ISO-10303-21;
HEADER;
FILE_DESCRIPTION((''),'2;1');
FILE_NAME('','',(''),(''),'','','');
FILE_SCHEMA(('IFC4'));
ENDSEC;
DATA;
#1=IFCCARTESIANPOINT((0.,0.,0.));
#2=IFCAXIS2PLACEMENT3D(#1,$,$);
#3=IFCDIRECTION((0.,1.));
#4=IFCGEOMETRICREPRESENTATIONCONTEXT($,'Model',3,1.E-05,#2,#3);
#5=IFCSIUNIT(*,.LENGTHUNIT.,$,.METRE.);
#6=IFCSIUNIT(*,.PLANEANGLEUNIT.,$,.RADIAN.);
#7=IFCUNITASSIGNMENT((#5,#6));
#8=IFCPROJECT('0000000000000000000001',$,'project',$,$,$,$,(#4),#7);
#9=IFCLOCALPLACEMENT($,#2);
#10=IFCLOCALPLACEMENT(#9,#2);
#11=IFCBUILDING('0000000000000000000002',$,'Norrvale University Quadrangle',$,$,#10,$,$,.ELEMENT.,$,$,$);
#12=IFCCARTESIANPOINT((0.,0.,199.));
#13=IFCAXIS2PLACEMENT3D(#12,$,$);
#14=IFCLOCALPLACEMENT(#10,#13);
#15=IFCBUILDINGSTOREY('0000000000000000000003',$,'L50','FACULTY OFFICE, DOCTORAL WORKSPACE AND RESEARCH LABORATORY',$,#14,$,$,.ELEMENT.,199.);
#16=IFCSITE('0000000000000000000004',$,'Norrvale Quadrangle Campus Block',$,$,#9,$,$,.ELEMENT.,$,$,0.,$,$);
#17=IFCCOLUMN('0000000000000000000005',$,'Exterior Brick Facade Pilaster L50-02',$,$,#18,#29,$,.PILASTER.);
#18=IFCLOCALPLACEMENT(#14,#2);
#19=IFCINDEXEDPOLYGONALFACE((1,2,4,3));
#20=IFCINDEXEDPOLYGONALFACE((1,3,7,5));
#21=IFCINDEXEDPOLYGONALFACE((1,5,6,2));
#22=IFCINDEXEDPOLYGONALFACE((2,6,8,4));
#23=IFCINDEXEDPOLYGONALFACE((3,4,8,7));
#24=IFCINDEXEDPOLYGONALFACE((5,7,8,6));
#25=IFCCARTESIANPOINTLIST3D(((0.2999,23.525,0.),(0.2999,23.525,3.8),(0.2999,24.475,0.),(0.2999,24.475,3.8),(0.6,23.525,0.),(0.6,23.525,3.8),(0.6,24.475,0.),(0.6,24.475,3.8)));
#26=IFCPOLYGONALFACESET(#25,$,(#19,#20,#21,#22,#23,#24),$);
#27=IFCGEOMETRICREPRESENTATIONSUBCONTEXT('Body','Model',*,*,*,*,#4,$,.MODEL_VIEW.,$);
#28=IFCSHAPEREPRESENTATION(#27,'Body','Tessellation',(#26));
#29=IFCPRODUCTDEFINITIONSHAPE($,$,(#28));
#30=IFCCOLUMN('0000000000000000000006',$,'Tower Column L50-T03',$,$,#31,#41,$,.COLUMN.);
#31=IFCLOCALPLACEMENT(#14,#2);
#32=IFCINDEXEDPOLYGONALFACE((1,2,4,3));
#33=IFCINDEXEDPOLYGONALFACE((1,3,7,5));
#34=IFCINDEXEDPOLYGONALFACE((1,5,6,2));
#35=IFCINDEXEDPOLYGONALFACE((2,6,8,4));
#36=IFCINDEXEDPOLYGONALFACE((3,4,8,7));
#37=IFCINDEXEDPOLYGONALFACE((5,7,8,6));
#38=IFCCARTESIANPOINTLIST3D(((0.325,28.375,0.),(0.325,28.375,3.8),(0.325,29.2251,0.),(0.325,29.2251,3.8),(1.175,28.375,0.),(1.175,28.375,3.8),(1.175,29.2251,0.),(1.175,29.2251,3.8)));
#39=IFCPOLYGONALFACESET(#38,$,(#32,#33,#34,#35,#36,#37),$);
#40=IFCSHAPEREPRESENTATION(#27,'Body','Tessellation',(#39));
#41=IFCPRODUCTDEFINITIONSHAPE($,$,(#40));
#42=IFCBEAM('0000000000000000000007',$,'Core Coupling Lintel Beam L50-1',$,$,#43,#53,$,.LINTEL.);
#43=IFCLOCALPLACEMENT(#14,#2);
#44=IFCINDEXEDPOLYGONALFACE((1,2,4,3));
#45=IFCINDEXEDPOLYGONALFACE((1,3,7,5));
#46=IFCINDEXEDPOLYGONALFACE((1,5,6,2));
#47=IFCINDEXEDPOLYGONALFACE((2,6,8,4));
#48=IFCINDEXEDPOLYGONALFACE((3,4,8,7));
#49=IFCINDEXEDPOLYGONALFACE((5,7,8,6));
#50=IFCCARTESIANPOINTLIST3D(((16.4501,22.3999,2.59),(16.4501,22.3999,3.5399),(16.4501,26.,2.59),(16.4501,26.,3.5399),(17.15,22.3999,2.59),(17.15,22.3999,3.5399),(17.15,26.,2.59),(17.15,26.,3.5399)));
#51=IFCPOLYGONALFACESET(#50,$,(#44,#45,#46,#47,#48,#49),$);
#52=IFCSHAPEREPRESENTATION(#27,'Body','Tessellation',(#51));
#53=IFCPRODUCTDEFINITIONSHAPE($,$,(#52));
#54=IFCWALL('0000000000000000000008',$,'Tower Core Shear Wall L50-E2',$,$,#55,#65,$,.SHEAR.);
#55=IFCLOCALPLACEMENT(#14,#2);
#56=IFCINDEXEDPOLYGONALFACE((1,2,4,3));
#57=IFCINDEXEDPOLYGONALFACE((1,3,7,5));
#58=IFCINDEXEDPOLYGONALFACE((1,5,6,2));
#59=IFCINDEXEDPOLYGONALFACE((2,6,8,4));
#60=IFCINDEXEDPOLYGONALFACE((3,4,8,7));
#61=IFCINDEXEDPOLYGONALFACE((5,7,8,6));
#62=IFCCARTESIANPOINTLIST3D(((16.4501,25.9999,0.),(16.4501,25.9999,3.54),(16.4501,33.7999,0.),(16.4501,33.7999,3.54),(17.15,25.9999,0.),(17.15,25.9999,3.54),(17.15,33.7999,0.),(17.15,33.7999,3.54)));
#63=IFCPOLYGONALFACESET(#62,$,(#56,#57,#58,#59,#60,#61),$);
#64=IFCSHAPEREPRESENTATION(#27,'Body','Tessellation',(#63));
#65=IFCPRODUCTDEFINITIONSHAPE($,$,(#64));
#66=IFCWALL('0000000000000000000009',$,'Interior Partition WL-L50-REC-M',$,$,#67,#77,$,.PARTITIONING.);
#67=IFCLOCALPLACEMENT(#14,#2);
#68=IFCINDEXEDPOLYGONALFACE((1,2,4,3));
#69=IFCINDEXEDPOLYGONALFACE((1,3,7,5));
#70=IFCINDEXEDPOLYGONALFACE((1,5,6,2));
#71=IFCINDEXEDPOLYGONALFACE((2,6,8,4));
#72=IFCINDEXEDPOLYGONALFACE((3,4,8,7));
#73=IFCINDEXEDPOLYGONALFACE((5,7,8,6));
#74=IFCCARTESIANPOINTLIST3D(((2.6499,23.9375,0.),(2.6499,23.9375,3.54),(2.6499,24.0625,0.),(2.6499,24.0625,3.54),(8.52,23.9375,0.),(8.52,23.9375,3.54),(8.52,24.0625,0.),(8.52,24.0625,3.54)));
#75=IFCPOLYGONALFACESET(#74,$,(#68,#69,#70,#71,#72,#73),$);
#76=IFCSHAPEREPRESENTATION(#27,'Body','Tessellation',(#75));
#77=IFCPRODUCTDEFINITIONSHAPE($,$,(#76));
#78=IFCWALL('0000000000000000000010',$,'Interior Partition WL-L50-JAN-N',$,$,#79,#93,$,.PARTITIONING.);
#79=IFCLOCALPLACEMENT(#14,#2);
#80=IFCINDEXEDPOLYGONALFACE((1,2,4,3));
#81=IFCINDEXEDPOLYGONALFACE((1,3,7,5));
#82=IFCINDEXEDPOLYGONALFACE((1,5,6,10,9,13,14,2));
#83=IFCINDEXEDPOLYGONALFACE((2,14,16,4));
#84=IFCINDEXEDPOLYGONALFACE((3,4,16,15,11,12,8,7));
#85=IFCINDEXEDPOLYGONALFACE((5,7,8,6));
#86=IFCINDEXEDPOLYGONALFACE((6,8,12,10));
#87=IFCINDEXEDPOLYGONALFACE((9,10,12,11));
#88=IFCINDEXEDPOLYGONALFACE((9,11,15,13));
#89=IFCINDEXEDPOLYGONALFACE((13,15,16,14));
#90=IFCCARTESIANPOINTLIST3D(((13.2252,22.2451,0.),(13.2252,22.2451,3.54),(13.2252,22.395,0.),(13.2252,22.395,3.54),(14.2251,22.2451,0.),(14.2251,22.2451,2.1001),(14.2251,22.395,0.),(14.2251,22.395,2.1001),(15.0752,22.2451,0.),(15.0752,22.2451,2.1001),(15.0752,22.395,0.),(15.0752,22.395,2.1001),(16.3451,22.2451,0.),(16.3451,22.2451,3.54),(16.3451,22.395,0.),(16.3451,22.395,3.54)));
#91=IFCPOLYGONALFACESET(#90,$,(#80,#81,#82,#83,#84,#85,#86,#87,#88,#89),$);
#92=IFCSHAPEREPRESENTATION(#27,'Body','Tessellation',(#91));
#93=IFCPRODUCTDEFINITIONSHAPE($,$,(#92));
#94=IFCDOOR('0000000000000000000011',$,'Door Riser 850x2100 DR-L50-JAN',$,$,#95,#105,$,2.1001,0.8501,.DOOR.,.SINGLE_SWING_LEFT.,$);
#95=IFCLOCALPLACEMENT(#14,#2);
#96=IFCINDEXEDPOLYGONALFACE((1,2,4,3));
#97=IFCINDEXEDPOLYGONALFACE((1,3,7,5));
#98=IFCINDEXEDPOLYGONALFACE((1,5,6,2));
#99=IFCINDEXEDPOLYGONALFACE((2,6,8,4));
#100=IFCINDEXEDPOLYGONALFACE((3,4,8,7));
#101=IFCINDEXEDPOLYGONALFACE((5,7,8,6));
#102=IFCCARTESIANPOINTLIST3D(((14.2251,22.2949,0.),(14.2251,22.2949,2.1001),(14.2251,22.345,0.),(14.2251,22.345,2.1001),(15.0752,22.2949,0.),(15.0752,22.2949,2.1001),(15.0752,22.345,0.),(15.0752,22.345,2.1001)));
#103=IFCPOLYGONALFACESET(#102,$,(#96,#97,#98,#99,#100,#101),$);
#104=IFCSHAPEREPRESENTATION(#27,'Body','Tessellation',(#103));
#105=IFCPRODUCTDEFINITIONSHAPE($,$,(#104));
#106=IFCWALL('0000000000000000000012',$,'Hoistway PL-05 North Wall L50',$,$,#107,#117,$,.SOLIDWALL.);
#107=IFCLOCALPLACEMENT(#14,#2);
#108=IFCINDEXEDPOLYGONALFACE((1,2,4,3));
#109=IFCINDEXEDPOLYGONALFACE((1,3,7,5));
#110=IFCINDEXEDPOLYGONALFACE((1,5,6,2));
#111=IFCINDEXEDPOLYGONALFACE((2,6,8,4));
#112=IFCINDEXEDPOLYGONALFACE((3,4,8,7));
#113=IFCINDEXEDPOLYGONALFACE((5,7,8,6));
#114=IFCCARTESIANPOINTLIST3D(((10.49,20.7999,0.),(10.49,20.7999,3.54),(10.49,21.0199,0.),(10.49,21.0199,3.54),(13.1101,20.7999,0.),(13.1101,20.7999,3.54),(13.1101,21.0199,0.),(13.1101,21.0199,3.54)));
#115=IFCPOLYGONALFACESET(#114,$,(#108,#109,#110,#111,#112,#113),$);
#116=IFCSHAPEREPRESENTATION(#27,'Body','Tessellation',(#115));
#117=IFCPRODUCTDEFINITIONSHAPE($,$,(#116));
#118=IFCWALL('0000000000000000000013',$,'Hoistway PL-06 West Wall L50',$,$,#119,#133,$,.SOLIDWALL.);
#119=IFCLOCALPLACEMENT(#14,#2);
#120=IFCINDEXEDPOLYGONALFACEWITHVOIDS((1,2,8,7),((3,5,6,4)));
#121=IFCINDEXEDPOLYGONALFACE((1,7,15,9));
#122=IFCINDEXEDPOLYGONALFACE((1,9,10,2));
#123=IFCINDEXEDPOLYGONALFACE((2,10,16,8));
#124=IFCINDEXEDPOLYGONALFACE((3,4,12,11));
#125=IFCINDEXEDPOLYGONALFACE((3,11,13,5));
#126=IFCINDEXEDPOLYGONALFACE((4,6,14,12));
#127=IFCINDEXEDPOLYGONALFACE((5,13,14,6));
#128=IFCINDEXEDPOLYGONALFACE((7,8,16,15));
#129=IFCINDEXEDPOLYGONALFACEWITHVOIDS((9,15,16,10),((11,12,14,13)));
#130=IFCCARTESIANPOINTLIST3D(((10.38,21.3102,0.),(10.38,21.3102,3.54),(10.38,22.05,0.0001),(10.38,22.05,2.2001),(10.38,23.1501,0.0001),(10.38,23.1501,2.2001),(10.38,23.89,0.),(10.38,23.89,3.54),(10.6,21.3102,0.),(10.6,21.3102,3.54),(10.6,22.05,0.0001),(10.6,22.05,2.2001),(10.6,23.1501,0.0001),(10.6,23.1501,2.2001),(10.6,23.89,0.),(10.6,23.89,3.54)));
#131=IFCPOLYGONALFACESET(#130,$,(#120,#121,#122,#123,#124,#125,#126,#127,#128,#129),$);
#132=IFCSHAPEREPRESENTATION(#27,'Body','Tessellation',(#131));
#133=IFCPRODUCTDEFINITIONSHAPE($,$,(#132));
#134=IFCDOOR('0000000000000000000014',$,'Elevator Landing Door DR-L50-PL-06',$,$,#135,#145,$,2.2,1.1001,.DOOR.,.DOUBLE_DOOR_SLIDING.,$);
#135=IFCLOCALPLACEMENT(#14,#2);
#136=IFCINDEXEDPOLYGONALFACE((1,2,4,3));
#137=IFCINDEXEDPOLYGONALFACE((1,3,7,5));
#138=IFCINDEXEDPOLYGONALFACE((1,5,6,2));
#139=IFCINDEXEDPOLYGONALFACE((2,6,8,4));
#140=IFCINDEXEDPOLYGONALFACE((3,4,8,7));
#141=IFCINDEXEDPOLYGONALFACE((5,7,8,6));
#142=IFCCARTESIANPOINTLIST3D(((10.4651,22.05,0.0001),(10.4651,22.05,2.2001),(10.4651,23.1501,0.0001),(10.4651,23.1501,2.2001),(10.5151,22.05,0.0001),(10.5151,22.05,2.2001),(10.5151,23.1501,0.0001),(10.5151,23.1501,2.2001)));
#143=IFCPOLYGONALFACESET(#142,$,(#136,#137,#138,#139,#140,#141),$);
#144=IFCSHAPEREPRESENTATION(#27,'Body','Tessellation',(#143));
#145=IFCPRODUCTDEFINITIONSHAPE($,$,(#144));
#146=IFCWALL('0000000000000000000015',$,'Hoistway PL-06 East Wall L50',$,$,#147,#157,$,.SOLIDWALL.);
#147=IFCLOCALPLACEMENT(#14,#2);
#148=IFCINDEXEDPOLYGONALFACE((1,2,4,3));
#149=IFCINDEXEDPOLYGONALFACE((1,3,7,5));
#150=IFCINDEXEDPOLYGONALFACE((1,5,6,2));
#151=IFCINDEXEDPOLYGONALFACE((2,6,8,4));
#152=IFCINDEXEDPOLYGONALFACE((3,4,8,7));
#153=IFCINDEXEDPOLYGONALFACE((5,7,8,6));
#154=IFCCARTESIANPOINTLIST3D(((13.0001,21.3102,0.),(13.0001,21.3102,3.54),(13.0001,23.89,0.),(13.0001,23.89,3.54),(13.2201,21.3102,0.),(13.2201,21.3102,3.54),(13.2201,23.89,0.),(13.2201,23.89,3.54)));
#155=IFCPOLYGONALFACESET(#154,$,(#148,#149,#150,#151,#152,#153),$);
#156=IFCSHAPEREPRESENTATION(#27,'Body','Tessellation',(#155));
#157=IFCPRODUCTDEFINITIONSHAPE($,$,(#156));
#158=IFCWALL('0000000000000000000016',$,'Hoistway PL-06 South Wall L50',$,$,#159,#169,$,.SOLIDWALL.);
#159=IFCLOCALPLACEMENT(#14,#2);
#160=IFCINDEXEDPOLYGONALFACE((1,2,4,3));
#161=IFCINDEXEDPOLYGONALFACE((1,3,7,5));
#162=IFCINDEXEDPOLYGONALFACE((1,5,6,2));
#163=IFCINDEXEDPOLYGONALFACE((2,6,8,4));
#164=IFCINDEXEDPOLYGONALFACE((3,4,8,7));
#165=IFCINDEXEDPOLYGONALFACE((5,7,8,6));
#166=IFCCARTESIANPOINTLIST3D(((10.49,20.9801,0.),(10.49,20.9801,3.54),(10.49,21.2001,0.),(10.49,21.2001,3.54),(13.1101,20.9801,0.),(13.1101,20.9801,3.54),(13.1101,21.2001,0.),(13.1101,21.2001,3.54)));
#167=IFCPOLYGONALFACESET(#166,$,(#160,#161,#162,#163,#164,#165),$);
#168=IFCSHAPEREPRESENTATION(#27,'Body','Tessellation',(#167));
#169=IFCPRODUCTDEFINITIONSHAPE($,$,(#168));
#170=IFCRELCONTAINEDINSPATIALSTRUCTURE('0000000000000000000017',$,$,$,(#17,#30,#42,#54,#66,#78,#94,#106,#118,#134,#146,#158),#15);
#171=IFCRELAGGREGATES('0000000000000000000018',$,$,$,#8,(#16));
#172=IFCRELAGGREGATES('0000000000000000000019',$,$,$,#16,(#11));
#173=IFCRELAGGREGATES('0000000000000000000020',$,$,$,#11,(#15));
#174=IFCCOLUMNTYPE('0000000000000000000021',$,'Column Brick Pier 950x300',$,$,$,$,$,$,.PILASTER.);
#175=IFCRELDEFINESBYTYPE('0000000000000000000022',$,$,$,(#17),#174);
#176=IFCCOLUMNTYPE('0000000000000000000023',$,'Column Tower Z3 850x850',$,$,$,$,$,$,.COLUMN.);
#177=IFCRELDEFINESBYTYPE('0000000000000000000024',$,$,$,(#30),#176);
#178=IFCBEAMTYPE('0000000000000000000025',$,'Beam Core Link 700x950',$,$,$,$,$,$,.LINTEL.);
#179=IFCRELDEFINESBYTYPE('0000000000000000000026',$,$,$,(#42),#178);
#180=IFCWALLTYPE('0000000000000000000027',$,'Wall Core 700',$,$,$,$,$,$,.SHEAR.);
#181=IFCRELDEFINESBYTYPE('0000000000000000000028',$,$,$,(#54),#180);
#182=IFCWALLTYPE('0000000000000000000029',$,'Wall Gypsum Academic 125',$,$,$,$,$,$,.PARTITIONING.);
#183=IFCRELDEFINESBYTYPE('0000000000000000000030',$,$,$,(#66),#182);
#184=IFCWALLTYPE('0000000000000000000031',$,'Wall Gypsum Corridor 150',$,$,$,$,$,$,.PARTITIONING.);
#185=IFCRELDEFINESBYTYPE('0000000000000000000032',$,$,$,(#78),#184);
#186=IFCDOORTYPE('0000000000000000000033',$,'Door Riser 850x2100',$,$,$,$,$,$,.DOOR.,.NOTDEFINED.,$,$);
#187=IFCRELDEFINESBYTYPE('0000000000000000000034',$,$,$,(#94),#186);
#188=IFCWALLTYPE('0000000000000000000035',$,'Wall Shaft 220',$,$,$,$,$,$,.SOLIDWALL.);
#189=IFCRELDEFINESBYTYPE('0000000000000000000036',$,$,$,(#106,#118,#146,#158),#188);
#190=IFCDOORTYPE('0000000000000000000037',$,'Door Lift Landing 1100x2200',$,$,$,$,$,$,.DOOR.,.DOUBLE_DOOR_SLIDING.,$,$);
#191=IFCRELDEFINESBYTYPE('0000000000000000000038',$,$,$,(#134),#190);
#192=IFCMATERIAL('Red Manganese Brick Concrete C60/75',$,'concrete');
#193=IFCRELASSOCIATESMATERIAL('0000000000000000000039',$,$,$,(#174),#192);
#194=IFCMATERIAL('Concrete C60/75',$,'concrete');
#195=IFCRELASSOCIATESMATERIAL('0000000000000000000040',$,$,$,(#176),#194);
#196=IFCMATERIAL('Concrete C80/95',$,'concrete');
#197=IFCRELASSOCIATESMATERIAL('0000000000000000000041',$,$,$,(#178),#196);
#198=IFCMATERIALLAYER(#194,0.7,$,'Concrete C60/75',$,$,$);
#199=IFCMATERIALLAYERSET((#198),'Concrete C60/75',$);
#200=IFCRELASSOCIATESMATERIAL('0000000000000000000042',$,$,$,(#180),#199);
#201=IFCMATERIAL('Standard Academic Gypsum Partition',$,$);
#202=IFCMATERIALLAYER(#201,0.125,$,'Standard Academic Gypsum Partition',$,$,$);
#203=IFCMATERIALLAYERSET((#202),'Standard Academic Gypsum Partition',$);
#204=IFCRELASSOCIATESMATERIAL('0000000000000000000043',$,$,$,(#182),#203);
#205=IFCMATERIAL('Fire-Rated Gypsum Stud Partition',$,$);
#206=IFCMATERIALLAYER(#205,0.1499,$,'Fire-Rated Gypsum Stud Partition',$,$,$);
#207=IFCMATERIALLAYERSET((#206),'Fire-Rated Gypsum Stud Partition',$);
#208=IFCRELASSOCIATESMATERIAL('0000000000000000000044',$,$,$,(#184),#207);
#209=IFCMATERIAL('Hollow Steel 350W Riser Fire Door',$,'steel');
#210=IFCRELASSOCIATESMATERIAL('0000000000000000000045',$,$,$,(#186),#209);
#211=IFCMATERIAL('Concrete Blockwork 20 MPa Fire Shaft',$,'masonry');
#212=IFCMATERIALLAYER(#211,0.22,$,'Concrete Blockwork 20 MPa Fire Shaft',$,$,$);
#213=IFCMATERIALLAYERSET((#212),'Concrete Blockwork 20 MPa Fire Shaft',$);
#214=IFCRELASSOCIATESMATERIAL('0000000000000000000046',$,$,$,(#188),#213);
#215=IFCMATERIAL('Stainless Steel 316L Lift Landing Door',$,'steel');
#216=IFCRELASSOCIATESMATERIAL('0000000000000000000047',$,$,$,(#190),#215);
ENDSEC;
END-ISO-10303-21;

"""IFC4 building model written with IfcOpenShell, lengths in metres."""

from ifc_helpers import new_model, si_unit, direction, frame, frame_2d, origin, origin_2d, place, context, subcontext, project, spatial, rectangle, extrude, material, layer, layer_set, material_profile, profile_set, type_object, element, fill, save


model = new_model("IFC4")

# Units and contexts
model_context = context("Model", 3, precision=1e-05, world=origin(), true_north=direction((0.0, 1.0)))
body_context = subcontext(model_context, "Body", "Model", "MODEL_VIEW")
ifc_project = project(units=[si_unit("LENGTHUNIT", "METRE"), si_unit("PLANEANGLEUNIT", "RADIAN")], contexts=[model_context])

# Site, building, storey
site_placement = place(None, origin())
site = spatial("IfcSite", under=ifc_project, at=site_placement, Name="Norrvale Quadrangle Campus Block", CompositionType="ELEMENT", RefElevation=0.0)
building_placement = place(site_placement, origin())
building = spatial("IfcBuilding", under=site, at=building_placement, Name="Norrvale University Quadrangle", CompositionType="ELEMENT")
storey_placement = place(building_placement, frame((0.0, 0.0, 199.0)))
storey = spatial("IfcBuildingStorey", under=building, at=storey_placement, Name="L50", Description="FACULTY OFFICE, DOCTORAL WORKSPACE AND RESEARCH LABORATORY", CompositionType="ELEMENT", Elevation=199.0)

# Columns
ifc_material_1 = material(Name="Red Manganese Brick Concrete C60/75", Category="concrete")
ifc_material_profile_1 = material_profile(ifc_material_1, rectangle(XDim=0.95, YDim=0.3, at=origin_2d()), Name="Red Manganese Brick Concrete C60/75")
ifc_profile_set_1 = profile_set([ifc_material_profile_1], Name="Red Manganese Brick Concrete C60/75")
column_type_1 = type_object("IfcColumnType", Name="Column Brick Pier 950x300", PredefinedType="PILASTER", material=ifc_profile_set_1)
column_1_placement = place(storey_placement, frame((0.45, 24.0, 0.0), z_axis=(0.0, 0.0, 1.0), x_axis=(0.0, 1.0, 0.0)))
element("IfcColumn", 1, at=column_1_placement, inside=storey, type_object=column_type_1, Name="Exterior Brick Facade Pilaster L50-02", PredefinedType="PILASTER", context=body_context, shape_type="SweptSolid", body=[
    extrude(rectangle(XDim=0.95, YDim=0.3, at=origin_2d()), origin(), (0.0, 0.0, 1.0), 3.8),
])
ifc_material_2 = material(Name="Concrete C60/75", Category="concrete")
ifc_material_profile_2 = material_profile(ifc_material_2, rectangle(XDim=0.8501, YDim=0.8501, at=origin_2d()), Name="Concrete C60/75")
ifc_profile_set_2 = profile_set([ifc_material_profile_2], Name="Concrete C60/75")
column_type_2 = type_object("IfcColumnType", Name="Column Tower Z3 850x850", PredefinedType="COLUMN", material=ifc_profile_set_2)
column_2_placement = place(storey_placement, frame((0.75, 28.8, 0.0), z_axis=(0.0, 0.0, 1.0), x_axis=(1.0, 0.0, 0.0)))
element("IfcColumn", 2, at=column_2_placement, inside=storey, type_object=column_type_2, Name="Tower Column L50-T03", PredefinedType="COLUMN", context=body_context, shape_type="SweptSolid", body=[
    extrude(rectangle(XDim=0.8501, YDim=0.8501, at=origin_2d()), origin(), (0.0, 0.0, 1.0), 3.8),
])

# Beam
ifc_material_3 = material(Name="Concrete C80/95", Category="concrete")
ifc_material_profile_3 = material_profile(ifc_material_3, rectangle(XDim=0.7, YDim=0.95, at=origin_2d()), Name="Concrete C80/95")
ifc_profile_set_3 = profile_set([ifc_material_profile_3], Name="Concrete C80/95")
beam_type = type_object("IfcBeamType", Name="Beam Core Link 700x950", PredefinedType="LINTEL", material=ifc_profile_set_3)
beam_placement = place(storey_placement, frame((16.8, 22.3999, 3.0649), z_axis=(0.0, 1.0, 0.0), x_axis=(-1.0, 0.0, 0.0)))
element("IfcBeam", 3, at=beam_placement, inside=storey, type_object=beam_type, Name="Core Coupling Lintel Beam L50-1", PredefinedType="LINTEL", context=body_context, shape_type="SweptSolid", body=[
    extrude(rectangle(XDim=0.7, YDim=0.95, at=origin_2d()), origin(), (0.0, 0.0, 1.0), 3.6001),
])

# Walls
ifc_layer_1 = layer(ifc_material_2, 0.7, Name="Concrete C60/75")
ifc_layer_set_1 = layer_set([ifc_layer_1], Name="Concrete C60/75")
wall_type_1 = type_object("IfcWallType", Name="Wall Core 700", PredefinedType="SHEAR", material=ifc_layer_set_1)
wall_1_placement = place(storey_placement, frame((16.8, 26.0, 0.0), z_axis=(0.0, 0.0, 1.0), x_axis=(0.0, 1.0, 0.0)))
element("IfcWall", 4, at=wall_1_placement, inside=storey, type_object=wall_type_1, Name="Tower Core Shear Wall L50-E2", PredefinedType="SHEAR", context=body_context, shape_type="SweptSolid", body=[
    extrude(rectangle(XDim=7.8, YDim=0.7, at=frame_2d((3.8999, 0.0))), origin(), (0.0, 0.0, 1.0), 3.54),
])
ifc_material_4 = material(Name="Standard Academic Gypsum Partition")
ifc_layer_2 = layer(ifc_material_4, 0.125, Name="Standard Academic Gypsum Partition")
ifc_layer_set_2 = layer_set([ifc_layer_2], Name="Standard Academic Gypsum Partition")
wall_type_2 = type_object("IfcWallType", Name="Wall Gypsum Academic 125", PredefinedType="PARTITIONING", material=ifc_layer_set_2)
wall_2_placement = place(storey_placement, frame((2.6499, 24.0, 0.0), z_axis=(0.0, 0.0, 1.0), x_axis=(1.0, 0.0, 0.0)))
element("IfcWall", 5, at=wall_2_placement, inside=storey, type_object=wall_type_2, Name="Interior Partition WL-L50-REC-M", PredefinedType="PARTITIONING", context=body_context, shape_type="SweptSolid", body=[
    extrude(rectangle(XDim=5.8701, YDim=0.125, at=frame_2d((2.9351, 0.0))), origin(), (0.0, 0.0, 1.0), 3.54),
])

# Wall, opening, door
ifc_material_5 = material(Name="Fire-Rated Gypsum Stud Partition")
ifc_layer_3 = layer(ifc_material_5, 0.1499, Name="Fire-Rated Gypsum Stud Partition")
ifc_layer_set_3 = layer_set([ifc_layer_3], Name="Fire-Rated Gypsum Stud Partition")
wall_type_3 = type_object("IfcWallType", Name="Wall Gypsum Corridor 150", PredefinedType="PARTITIONING", material=ifc_layer_set_3)
wall_3_placement = place(storey_placement, frame((13.2251, 22.3201, 0.0), z_axis=(0.0, 0.0, 1.0), x_axis=(1.0, 0.0, 0.0)))
wall_3 = element("IfcWall", 6, at=wall_3_placement, inside=storey, type_object=wall_type_3, Name="Interior Partition WL-L50-JAN-N", PredefinedType="PARTITIONING", context=body_context, shape_type="SweptSolid", body=[
    extrude(rectangle(XDim=3.1199, YDim=0.1499, at=frame_2d((1.5601, 0.0))), origin(), (0.0, 0.0, 1.0), 3.54),
])
opening_1_placement = place(wall_3_placement, frame((1.0, 0.0, 0.0)))
opening_1 = element("IfcOpeningElement", 7, at=opening_1_placement, cuts=wall_3, PredefinedType="OPENING", context=body_context, shape_type="SweptSolid", body=[
    extrude(rectangle(XDim=0.8501, YDim=2.1001, at=frame_2d((0.425, 1.05))), frame((0.0, 0.0869, 0.0), z_axis=(0.0, -1.0, 0.0), x_axis=(1.0, 0.0, 0.0)), (0.0, 0.0, 1.0), 0.1738),
])
ifc_material_6 = material(Name="Hollow Steel 350W Riser Fire Door", Category="steel")
door_type_1 = type_object("IfcDoorType", Name="Door Riser 850x2100", OperationType="NOTDEFINED", PredefinedType="DOOR", material=ifc_material_6)
door_1_placement = place(opening_1_placement, origin())
door_1 = element("IfcDoor", 8, at=door_1_placement, inside=storey, type_object=door_type_1, Name="Door Riser 850x2100 DR-L50-JAN", OperationType="SINGLE_SWING_LEFT", OverallHeight=2.1001, OverallWidth=0.8501, PredefinedType="DOOR", context=body_context, shape_type="SweptSolid", body=[
    extrude(rectangle(XDim=0.8501, YDim=2.1001, at=frame_2d((0.425, 1.05))), frame((0.0, 0.0249, 0.0), z_axis=(0.0, -1.0, 0.0), x_axis=(1.0, 0.0, 0.0)), (0.0, 0.0, 1.0), 0.05),
])
fill(opening_1, door_1)

# Wall
ifc_material_7 = material(Name="Concrete Blockwork 20 MPa Fire Shaft", Category="masonry")
ifc_layer_4 = layer(ifc_material_7, 0.22, Name="Concrete Blockwork 20 MPa Fire Shaft")
ifc_layer_set_4 = layer_set([ifc_layer_4], Name="Concrete Blockwork 20 MPa Fire Shaft")
wall_type_4 = type_object("IfcWallType", Name="Wall Shaft 220", PredefinedType="SOLIDWALL", material=ifc_layer_set_4)
wall_4_placement = place(storey_placement, frame((10.49, 20.9099, 0.0), z_axis=(0.0, 0.0, 1.0), x_axis=(1.0, 0.0, 0.0)))
element("IfcWall", 9, at=wall_4_placement, inside=storey, type_object=wall_type_4, Name="Hoistway PL-05 North Wall L50", PredefinedType="SOLIDWALL", context=body_context, shape_type="SweptSolid", body=[
    extrude(rectangle(XDim=2.6201, YDim=0.22, at=frame_2d((1.3101, 0.0))), origin(), (0.0, 0.0, 1.0), 3.54),
])

# Wall, opening, door
wall_5_placement = place(storey_placement, frame((10.49, 21.3101, 0.0), z_axis=(0.0, 0.0, 1.0), x_axis=(0.0, 1.0, 0.0)))
wall_5 = element("IfcWall", 10, at=wall_5_placement, inside=storey, type_object=wall_type_4, Name="Hoistway PL-06 West Wall L50", PredefinedType="SOLIDWALL", context=body_context, shape_type="SweptSolid", body=[
    extrude(rectangle(XDim=2.5798, YDim=0.22, at=frame_2d((1.29, 0.0))), origin(), (0.0, 0.0, 1.0), 3.54),
])
opening_2_placement = place(wall_5_placement, frame((0.74, 0.0, 0.0)))
opening_2 = element("IfcOpeningElement", 11, at=opening_2_placement, cuts=wall_5, PredefinedType="OPENING", context=body_context, shape_type="SweptSolid", body=[
    extrude(rectangle(XDim=1.1001, YDim=2.2, at=frame_2d((0.55, 1.1001))), frame((0.0, 0.1221, 0.0), z_axis=(0.0, -1.0, 0.0), x_axis=(1.0, 0.0, 0.0)), (0.0, 0.0, 1.0), 0.2439),
])
ifc_material_8 = material(Name="Stainless Steel 316L Lift Landing Door", Category="steel")
door_type_2 = type_object("IfcDoorType", Name="Door Lift Landing 1100x2200", OperationType="DOUBLE_DOOR_SLIDING", PredefinedType="DOOR", material=ifc_material_8)
door_2_placement = place(opening_2_placement, origin())
door_2 = element("IfcDoor", 12, at=door_2_placement, inside=storey, type_object=door_type_2, Name="Elevator Landing Door DR-L50-PL-06", OperationType="DOUBLE_DOOR_SLIDING", OverallHeight=2.2, OverallWidth=1.1001, PredefinedType="DOOR", context=body_context, shape_type="SweptSolid", body=[
    extrude(rectangle(XDim=1.1001, YDim=2.2, at=frame_2d((0.55, 1.1001))), frame((0.0, 0.0249, 0.0), z_axis=(0.0, -1.0, 0.0), x_axis=(1.0, 0.0, 0.0)), (0.0, 0.0, 1.0), 0.05),
])
fill(opening_2, door_2)

# Walls
wall_6_placement = place(storey_placement, frame((13.1101, 21.3101, 0.0), z_axis=(0.0, 0.0, 1.0), x_axis=(0.0, 1.0, 0.0)))
element("IfcWall", 13, at=wall_6_placement, inside=storey, type_object=wall_type_4, Name="Hoistway PL-06 East Wall L50", PredefinedType="SOLIDWALL", context=body_context, shape_type="SweptSolid", body=[
    extrude(rectangle(XDim=2.5798, YDim=0.22, at=frame_2d((1.29, 0.0))), origin(), (0.0, 0.0, 1.0), 3.54),
])
for number, where, z_axis, x_axis, name in (
    (14, (10.49, 21.0901, 0.0), (0.0, 0.0, 1.0), (1.0, 0.0, 0.0), "Hoistway PL-06 South Wall L50"),
):
    element("IfcWall", number, at=place(storey_placement, frame(where, z_axis=z_axis, x_axis=x_axis)), inside=storey, type_object=wall_type_4, Name=name, PredefinedType="SOLIDWALL", context=body_context, shape_type="SweptSolid", body=[
        extrude(rectangle(XDim=2.6201, YDim=0.22, at=frame_2d((1.3101, 0.0))), origin(), (0.0, 0.0, 1.0), 3.54),
    ])

save(model, "model.ifc")
